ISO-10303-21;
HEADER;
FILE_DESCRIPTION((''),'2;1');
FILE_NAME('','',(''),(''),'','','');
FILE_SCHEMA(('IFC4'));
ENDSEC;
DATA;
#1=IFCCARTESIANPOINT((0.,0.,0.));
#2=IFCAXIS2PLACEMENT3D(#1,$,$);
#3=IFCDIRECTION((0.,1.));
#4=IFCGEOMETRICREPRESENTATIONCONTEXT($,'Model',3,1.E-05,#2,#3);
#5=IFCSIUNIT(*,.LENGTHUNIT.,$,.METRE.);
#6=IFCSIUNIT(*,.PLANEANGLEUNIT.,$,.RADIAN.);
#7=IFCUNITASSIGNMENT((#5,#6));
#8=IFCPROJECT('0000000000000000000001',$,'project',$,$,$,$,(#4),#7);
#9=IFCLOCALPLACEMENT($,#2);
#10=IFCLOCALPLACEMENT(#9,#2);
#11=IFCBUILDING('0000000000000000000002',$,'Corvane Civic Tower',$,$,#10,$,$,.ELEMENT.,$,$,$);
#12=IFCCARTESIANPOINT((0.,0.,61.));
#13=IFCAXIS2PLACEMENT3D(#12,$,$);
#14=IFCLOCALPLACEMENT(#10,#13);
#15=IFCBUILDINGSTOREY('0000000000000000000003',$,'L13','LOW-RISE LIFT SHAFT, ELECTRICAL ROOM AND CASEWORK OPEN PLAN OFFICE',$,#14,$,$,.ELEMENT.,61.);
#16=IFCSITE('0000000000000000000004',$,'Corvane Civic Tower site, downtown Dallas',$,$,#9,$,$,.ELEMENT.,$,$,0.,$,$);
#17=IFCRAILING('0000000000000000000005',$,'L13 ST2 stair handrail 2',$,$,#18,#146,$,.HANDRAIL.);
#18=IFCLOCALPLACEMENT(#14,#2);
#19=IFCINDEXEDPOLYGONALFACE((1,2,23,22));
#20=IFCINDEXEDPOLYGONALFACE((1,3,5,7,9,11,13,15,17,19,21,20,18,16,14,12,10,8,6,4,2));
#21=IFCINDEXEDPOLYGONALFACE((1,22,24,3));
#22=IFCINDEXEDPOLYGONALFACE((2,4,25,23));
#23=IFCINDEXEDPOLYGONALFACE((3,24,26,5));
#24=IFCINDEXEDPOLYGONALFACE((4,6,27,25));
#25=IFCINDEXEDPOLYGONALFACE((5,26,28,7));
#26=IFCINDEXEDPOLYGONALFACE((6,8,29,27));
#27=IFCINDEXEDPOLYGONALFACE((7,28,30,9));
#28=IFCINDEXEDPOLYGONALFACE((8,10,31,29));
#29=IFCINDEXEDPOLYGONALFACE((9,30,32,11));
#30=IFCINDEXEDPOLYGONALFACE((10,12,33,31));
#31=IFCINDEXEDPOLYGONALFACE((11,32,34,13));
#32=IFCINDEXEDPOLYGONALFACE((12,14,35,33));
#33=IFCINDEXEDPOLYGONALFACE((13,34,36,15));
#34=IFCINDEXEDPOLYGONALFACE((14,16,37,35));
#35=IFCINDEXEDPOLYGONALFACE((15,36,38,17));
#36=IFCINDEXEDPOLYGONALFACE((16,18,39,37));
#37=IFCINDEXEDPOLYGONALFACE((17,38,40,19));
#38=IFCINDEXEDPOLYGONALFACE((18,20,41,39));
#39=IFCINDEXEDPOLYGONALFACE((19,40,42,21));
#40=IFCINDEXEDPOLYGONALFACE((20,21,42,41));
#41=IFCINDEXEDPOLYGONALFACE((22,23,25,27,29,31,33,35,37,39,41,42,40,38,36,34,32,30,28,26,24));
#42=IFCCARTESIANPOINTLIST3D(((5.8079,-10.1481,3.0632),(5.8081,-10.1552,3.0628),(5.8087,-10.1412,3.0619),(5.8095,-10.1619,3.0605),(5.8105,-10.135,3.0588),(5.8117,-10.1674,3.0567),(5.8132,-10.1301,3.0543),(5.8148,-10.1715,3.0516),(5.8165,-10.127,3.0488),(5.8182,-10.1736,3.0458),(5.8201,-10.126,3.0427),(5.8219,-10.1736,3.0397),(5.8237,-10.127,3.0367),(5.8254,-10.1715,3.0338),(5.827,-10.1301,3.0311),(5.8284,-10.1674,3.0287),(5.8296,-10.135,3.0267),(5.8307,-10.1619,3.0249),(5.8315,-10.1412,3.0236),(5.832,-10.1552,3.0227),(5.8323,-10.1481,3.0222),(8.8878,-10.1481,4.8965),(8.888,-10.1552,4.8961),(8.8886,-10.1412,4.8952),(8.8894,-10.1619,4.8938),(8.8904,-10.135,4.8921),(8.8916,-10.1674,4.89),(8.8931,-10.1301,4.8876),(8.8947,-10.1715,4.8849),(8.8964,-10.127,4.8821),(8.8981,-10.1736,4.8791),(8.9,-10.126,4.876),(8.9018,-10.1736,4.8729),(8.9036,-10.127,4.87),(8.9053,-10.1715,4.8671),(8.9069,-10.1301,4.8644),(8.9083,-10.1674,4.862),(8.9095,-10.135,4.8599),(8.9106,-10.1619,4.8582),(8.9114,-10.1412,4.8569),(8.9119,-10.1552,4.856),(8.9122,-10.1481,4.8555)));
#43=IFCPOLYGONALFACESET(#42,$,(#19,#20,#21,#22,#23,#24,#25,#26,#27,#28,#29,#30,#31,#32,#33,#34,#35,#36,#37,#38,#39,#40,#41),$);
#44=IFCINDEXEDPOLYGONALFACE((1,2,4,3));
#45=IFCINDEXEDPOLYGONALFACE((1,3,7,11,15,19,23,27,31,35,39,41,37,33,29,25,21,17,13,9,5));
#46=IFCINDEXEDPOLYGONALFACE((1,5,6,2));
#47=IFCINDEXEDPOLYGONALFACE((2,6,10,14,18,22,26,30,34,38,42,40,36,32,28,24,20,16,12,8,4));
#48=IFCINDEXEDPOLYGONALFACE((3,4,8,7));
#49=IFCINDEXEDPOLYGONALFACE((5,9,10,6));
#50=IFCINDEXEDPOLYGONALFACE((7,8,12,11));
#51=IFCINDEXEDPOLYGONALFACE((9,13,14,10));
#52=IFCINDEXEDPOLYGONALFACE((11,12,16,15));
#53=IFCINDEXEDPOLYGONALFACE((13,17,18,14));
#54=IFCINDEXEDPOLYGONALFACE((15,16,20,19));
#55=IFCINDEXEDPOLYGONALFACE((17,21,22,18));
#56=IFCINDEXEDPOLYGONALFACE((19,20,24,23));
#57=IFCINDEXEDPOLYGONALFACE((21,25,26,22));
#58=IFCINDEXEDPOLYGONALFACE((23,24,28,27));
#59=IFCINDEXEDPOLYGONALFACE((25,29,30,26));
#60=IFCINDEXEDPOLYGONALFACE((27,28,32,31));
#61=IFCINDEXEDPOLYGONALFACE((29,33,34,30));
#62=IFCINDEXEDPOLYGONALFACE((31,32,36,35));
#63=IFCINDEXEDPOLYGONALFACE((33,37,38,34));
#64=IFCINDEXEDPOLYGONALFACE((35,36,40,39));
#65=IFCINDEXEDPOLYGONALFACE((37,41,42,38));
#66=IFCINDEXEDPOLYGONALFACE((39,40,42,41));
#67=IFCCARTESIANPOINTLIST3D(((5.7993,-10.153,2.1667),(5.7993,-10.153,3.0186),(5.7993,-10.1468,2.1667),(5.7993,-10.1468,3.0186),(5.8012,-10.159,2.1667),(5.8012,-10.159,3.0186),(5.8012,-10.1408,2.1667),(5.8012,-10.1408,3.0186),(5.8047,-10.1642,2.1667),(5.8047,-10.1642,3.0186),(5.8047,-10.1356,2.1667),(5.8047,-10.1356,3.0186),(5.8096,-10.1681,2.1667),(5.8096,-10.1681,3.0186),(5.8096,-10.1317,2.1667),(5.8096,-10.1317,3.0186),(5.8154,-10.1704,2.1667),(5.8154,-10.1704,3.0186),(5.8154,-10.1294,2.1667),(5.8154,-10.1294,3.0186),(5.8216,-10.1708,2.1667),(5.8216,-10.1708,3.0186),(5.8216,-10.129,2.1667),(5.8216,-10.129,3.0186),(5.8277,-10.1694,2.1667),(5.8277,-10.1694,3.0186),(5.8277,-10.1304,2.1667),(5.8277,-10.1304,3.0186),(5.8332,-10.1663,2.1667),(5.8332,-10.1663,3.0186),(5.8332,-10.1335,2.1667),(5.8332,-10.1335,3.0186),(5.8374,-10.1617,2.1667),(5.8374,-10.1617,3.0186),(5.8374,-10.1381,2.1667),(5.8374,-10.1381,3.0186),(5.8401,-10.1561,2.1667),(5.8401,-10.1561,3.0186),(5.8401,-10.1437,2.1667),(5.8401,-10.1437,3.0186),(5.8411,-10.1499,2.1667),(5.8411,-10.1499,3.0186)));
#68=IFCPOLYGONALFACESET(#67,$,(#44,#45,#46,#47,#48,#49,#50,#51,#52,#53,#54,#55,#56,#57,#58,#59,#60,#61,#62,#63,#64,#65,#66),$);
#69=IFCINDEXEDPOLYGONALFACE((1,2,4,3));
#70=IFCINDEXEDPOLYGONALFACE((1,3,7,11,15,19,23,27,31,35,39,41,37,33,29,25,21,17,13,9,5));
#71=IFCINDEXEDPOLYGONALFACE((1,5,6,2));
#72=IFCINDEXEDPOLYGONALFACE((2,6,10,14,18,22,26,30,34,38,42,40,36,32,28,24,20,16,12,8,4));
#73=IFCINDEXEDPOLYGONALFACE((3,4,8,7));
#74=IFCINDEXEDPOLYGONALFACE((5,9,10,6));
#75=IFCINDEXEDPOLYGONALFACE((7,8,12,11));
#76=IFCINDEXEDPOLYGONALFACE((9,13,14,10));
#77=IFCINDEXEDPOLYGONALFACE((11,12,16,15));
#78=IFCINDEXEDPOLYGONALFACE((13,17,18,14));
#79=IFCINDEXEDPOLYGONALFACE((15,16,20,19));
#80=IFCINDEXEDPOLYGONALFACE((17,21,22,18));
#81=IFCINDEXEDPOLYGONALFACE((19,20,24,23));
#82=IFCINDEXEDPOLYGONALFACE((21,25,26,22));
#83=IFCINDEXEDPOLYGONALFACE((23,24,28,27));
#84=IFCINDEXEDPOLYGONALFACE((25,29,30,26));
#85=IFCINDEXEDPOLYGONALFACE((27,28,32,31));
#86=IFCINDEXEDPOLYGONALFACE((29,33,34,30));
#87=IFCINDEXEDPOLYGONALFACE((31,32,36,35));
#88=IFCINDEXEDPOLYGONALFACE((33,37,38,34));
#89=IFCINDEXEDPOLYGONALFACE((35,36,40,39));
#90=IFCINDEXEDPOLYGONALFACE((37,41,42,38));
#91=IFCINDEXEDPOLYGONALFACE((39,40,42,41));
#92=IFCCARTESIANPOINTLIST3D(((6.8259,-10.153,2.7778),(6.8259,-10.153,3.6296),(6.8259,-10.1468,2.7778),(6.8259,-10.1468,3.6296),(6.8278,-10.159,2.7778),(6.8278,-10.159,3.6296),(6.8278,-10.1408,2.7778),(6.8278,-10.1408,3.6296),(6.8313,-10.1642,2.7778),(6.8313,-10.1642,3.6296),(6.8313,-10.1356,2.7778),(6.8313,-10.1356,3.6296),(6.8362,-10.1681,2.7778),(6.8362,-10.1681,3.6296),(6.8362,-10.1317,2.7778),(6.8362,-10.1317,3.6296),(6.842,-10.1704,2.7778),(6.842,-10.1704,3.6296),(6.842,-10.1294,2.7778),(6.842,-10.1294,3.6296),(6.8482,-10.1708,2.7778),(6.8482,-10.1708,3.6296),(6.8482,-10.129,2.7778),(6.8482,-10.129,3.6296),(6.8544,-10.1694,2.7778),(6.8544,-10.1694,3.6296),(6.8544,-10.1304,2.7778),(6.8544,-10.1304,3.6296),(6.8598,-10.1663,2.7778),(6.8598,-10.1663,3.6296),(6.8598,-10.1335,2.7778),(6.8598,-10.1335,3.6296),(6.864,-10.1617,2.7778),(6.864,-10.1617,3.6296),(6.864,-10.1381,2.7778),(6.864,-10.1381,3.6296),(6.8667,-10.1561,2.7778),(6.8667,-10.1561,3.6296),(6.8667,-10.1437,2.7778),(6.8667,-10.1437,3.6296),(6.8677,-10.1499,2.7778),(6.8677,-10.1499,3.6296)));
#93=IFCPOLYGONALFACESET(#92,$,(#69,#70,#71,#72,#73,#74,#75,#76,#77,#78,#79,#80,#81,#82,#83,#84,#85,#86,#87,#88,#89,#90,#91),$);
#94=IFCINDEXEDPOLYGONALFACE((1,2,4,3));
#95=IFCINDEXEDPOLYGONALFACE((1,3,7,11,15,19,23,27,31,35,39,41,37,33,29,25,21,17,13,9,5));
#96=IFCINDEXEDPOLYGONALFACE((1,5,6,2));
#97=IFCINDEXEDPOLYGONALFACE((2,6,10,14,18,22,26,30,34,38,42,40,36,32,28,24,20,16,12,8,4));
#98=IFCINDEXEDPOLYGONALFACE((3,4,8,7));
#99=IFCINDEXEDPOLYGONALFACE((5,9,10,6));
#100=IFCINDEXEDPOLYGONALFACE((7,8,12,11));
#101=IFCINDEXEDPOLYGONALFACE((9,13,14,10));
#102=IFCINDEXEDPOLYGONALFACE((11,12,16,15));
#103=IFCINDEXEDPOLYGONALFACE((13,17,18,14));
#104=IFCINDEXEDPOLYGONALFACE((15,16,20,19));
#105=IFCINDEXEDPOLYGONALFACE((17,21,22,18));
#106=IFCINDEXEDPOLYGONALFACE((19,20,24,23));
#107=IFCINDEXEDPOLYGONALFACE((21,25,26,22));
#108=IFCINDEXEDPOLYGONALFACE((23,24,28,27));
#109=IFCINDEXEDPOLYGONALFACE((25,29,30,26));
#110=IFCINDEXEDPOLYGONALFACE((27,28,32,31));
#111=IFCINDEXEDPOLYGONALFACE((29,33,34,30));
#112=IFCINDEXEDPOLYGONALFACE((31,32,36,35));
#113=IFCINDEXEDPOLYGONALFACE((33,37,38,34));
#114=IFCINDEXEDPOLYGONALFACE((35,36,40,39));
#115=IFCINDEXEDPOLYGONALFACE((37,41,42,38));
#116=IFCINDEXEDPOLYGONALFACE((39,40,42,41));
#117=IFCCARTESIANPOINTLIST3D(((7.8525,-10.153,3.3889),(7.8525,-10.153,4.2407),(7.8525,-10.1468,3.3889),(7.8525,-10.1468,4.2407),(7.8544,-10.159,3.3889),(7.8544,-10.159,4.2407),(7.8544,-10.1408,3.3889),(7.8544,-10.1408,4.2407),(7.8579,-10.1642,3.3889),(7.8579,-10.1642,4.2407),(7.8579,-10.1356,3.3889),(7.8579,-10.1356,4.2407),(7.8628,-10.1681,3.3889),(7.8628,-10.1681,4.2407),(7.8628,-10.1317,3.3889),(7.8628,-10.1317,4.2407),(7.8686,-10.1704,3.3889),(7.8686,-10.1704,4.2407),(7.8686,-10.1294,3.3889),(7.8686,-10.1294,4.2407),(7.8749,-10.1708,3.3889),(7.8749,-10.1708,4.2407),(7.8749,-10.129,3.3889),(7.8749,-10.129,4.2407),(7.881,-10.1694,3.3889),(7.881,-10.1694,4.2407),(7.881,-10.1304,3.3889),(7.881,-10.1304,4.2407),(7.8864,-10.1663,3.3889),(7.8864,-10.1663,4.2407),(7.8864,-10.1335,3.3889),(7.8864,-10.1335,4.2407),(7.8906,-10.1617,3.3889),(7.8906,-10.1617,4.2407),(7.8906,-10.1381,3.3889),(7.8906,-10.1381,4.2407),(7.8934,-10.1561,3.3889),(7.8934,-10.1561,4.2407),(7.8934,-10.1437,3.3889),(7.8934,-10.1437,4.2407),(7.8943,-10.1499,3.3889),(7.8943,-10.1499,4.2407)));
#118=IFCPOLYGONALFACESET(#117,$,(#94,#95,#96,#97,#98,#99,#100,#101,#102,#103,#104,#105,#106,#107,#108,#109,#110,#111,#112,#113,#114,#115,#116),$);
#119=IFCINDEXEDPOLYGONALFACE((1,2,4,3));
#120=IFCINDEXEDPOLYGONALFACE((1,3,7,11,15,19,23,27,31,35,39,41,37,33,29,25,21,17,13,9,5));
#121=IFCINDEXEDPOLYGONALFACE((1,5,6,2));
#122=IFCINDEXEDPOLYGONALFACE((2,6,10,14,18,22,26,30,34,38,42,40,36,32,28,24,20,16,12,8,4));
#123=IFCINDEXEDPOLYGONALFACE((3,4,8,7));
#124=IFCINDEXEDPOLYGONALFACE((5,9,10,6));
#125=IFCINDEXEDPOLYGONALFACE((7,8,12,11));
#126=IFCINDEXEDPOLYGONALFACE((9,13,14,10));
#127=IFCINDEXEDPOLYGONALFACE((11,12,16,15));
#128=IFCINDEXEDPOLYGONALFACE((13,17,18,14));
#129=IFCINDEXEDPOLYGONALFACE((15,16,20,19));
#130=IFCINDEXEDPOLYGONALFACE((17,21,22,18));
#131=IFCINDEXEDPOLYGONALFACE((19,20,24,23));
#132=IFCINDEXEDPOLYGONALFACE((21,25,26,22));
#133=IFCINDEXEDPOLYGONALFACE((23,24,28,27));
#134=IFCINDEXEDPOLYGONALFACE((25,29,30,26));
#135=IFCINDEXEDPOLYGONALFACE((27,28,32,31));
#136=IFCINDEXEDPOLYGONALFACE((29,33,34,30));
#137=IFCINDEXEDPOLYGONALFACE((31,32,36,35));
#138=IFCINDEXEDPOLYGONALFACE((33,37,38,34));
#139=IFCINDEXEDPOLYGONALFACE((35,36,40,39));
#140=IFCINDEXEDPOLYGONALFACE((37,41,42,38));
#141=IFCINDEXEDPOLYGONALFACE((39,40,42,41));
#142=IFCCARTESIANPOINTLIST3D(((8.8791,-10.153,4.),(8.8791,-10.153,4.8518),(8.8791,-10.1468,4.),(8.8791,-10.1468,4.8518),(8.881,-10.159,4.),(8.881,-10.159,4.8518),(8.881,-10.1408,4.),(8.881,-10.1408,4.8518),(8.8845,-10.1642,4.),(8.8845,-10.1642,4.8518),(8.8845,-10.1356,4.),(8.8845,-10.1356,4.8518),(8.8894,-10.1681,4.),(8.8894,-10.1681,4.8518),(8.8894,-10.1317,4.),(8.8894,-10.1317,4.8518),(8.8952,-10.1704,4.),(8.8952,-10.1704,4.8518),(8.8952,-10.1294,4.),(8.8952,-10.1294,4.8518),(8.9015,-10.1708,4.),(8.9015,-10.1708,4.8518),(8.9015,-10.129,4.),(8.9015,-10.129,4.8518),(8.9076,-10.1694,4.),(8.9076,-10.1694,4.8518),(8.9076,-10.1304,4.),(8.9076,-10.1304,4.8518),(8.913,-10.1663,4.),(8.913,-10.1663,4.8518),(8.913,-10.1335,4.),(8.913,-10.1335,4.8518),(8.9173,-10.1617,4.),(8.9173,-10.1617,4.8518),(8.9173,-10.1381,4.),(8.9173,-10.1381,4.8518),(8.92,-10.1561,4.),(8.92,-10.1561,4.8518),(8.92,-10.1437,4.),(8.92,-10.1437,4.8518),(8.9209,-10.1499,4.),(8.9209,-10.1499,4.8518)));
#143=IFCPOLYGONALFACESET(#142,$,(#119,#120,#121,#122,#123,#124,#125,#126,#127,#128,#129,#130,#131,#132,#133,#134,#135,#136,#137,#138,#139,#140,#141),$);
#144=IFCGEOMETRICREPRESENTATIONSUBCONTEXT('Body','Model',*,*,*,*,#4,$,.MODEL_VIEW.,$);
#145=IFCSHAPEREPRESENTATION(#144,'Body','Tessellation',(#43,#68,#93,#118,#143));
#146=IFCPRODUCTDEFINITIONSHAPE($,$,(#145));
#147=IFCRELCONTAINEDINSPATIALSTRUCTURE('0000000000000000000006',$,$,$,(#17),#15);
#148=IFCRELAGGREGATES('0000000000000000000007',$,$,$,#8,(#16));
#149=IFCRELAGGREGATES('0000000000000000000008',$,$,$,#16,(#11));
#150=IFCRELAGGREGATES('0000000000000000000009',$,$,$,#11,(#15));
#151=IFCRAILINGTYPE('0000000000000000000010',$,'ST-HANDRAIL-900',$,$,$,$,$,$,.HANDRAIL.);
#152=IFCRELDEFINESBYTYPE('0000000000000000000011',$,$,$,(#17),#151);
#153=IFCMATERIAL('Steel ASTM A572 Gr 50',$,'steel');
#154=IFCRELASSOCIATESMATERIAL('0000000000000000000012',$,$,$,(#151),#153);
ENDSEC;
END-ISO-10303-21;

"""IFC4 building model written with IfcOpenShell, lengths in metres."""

from ifc_helpers import new_model, si_unit, direction, frame, origin, origin_2d, place, context, subcontext, project, spatial, circle, extrude, material, type_object, element, save


model = new_model("IFC4")

# Units and contexts
model_context = context("Model", 3, precision=1e-05, world=origin(), true_north=direction((0.0, 1.0)))
body_context = subcontext(model_context, "Body", "Model", "MODEL_VIEW")
ifc_project = project(units=[si_unit("LENGTHUNIT", "METRE"), si_unit("PLANEANGLEUNIT", "RADIAN")], contexts=[model_context])

# Site, building, storey
site_placement = place(None, origin())
site = spatial("IfcSite", under=ifc_project, at=site_placement, Name="Corvane Civic Tower site, downtown Dallas", CompositionType="ELEMENT", RefElevation=0.0)
building_placement = place(site_placement, origin())
building = spatial("IfcBuilding", under=site, at=building_placement, Name="Corvane Civic Tower", CompositionType="ELEMENT")
storey_placement = place(building_placement, frame((0.0, 0.0, 61.0)))
storey = spatial("IfcBuildingStorey", under=building, at=storey_placement, Name="L13", Description="LOW-RISE LIFT SHAFT, ELECTRICAL ROOM AND CASEWORK OPEN PLAN OFFICE", CompositionType="ELEMENT", Elevation=61.0)

# Railing
ifc_material_1 = material(Name="Steel ASTM A572 Gr 50", Category="steel")
railing_type_1 = type_object("IfcRailingType", Name="ST-HANDRAIL-900", PredefinedType="HANDRAIL", material=ifc_material_1)
railing_1_placement = place(storey_placement, frame((5.8201, -10.1499, 2.1667)))
element("IfcRailing", 1, at=railing_1_placement, inside=storey, type_object=railing_type_1, Name="L13 ST2 stair handrail 2", PredefinedType="HANDRAIL", context=body_context, shape_type="SweptSolid", body=[
    extrude(circle(Radius=0.0239, at=origin_2d()), frame((0.0, 0.0, 0.876), z_axis=(0.859291, 0.0, 0.511487), x_axis=(0.0, 1.0, 0.0)), (0.0, 0.0, 1.0), 3.5842),
    extrude(circle(Radius=0.021, at=origin_2d()), origin(), (0.0, 0.0, 1.0), 0.8518),
    extrude(circle(Radius=0.021, at=origin_2d()), frame((1.0266, 0.0, 0.6111)), (0.0, 0.0, 1.0), 0.8518),
    extrude(circle(Radius=0.021, at=origin_2d()), frame((2.0532, 0.0, 1.2222)), (0.0, 0.0, 1.0), 0.8518),
    extrude(circle(Radius=0.021, at=origin_2d()), frame((3.0798, 0.0, 1.8333)), (0.0, 0.0, 1.0), 0.8518),
])

save(model, "model.ifc")
